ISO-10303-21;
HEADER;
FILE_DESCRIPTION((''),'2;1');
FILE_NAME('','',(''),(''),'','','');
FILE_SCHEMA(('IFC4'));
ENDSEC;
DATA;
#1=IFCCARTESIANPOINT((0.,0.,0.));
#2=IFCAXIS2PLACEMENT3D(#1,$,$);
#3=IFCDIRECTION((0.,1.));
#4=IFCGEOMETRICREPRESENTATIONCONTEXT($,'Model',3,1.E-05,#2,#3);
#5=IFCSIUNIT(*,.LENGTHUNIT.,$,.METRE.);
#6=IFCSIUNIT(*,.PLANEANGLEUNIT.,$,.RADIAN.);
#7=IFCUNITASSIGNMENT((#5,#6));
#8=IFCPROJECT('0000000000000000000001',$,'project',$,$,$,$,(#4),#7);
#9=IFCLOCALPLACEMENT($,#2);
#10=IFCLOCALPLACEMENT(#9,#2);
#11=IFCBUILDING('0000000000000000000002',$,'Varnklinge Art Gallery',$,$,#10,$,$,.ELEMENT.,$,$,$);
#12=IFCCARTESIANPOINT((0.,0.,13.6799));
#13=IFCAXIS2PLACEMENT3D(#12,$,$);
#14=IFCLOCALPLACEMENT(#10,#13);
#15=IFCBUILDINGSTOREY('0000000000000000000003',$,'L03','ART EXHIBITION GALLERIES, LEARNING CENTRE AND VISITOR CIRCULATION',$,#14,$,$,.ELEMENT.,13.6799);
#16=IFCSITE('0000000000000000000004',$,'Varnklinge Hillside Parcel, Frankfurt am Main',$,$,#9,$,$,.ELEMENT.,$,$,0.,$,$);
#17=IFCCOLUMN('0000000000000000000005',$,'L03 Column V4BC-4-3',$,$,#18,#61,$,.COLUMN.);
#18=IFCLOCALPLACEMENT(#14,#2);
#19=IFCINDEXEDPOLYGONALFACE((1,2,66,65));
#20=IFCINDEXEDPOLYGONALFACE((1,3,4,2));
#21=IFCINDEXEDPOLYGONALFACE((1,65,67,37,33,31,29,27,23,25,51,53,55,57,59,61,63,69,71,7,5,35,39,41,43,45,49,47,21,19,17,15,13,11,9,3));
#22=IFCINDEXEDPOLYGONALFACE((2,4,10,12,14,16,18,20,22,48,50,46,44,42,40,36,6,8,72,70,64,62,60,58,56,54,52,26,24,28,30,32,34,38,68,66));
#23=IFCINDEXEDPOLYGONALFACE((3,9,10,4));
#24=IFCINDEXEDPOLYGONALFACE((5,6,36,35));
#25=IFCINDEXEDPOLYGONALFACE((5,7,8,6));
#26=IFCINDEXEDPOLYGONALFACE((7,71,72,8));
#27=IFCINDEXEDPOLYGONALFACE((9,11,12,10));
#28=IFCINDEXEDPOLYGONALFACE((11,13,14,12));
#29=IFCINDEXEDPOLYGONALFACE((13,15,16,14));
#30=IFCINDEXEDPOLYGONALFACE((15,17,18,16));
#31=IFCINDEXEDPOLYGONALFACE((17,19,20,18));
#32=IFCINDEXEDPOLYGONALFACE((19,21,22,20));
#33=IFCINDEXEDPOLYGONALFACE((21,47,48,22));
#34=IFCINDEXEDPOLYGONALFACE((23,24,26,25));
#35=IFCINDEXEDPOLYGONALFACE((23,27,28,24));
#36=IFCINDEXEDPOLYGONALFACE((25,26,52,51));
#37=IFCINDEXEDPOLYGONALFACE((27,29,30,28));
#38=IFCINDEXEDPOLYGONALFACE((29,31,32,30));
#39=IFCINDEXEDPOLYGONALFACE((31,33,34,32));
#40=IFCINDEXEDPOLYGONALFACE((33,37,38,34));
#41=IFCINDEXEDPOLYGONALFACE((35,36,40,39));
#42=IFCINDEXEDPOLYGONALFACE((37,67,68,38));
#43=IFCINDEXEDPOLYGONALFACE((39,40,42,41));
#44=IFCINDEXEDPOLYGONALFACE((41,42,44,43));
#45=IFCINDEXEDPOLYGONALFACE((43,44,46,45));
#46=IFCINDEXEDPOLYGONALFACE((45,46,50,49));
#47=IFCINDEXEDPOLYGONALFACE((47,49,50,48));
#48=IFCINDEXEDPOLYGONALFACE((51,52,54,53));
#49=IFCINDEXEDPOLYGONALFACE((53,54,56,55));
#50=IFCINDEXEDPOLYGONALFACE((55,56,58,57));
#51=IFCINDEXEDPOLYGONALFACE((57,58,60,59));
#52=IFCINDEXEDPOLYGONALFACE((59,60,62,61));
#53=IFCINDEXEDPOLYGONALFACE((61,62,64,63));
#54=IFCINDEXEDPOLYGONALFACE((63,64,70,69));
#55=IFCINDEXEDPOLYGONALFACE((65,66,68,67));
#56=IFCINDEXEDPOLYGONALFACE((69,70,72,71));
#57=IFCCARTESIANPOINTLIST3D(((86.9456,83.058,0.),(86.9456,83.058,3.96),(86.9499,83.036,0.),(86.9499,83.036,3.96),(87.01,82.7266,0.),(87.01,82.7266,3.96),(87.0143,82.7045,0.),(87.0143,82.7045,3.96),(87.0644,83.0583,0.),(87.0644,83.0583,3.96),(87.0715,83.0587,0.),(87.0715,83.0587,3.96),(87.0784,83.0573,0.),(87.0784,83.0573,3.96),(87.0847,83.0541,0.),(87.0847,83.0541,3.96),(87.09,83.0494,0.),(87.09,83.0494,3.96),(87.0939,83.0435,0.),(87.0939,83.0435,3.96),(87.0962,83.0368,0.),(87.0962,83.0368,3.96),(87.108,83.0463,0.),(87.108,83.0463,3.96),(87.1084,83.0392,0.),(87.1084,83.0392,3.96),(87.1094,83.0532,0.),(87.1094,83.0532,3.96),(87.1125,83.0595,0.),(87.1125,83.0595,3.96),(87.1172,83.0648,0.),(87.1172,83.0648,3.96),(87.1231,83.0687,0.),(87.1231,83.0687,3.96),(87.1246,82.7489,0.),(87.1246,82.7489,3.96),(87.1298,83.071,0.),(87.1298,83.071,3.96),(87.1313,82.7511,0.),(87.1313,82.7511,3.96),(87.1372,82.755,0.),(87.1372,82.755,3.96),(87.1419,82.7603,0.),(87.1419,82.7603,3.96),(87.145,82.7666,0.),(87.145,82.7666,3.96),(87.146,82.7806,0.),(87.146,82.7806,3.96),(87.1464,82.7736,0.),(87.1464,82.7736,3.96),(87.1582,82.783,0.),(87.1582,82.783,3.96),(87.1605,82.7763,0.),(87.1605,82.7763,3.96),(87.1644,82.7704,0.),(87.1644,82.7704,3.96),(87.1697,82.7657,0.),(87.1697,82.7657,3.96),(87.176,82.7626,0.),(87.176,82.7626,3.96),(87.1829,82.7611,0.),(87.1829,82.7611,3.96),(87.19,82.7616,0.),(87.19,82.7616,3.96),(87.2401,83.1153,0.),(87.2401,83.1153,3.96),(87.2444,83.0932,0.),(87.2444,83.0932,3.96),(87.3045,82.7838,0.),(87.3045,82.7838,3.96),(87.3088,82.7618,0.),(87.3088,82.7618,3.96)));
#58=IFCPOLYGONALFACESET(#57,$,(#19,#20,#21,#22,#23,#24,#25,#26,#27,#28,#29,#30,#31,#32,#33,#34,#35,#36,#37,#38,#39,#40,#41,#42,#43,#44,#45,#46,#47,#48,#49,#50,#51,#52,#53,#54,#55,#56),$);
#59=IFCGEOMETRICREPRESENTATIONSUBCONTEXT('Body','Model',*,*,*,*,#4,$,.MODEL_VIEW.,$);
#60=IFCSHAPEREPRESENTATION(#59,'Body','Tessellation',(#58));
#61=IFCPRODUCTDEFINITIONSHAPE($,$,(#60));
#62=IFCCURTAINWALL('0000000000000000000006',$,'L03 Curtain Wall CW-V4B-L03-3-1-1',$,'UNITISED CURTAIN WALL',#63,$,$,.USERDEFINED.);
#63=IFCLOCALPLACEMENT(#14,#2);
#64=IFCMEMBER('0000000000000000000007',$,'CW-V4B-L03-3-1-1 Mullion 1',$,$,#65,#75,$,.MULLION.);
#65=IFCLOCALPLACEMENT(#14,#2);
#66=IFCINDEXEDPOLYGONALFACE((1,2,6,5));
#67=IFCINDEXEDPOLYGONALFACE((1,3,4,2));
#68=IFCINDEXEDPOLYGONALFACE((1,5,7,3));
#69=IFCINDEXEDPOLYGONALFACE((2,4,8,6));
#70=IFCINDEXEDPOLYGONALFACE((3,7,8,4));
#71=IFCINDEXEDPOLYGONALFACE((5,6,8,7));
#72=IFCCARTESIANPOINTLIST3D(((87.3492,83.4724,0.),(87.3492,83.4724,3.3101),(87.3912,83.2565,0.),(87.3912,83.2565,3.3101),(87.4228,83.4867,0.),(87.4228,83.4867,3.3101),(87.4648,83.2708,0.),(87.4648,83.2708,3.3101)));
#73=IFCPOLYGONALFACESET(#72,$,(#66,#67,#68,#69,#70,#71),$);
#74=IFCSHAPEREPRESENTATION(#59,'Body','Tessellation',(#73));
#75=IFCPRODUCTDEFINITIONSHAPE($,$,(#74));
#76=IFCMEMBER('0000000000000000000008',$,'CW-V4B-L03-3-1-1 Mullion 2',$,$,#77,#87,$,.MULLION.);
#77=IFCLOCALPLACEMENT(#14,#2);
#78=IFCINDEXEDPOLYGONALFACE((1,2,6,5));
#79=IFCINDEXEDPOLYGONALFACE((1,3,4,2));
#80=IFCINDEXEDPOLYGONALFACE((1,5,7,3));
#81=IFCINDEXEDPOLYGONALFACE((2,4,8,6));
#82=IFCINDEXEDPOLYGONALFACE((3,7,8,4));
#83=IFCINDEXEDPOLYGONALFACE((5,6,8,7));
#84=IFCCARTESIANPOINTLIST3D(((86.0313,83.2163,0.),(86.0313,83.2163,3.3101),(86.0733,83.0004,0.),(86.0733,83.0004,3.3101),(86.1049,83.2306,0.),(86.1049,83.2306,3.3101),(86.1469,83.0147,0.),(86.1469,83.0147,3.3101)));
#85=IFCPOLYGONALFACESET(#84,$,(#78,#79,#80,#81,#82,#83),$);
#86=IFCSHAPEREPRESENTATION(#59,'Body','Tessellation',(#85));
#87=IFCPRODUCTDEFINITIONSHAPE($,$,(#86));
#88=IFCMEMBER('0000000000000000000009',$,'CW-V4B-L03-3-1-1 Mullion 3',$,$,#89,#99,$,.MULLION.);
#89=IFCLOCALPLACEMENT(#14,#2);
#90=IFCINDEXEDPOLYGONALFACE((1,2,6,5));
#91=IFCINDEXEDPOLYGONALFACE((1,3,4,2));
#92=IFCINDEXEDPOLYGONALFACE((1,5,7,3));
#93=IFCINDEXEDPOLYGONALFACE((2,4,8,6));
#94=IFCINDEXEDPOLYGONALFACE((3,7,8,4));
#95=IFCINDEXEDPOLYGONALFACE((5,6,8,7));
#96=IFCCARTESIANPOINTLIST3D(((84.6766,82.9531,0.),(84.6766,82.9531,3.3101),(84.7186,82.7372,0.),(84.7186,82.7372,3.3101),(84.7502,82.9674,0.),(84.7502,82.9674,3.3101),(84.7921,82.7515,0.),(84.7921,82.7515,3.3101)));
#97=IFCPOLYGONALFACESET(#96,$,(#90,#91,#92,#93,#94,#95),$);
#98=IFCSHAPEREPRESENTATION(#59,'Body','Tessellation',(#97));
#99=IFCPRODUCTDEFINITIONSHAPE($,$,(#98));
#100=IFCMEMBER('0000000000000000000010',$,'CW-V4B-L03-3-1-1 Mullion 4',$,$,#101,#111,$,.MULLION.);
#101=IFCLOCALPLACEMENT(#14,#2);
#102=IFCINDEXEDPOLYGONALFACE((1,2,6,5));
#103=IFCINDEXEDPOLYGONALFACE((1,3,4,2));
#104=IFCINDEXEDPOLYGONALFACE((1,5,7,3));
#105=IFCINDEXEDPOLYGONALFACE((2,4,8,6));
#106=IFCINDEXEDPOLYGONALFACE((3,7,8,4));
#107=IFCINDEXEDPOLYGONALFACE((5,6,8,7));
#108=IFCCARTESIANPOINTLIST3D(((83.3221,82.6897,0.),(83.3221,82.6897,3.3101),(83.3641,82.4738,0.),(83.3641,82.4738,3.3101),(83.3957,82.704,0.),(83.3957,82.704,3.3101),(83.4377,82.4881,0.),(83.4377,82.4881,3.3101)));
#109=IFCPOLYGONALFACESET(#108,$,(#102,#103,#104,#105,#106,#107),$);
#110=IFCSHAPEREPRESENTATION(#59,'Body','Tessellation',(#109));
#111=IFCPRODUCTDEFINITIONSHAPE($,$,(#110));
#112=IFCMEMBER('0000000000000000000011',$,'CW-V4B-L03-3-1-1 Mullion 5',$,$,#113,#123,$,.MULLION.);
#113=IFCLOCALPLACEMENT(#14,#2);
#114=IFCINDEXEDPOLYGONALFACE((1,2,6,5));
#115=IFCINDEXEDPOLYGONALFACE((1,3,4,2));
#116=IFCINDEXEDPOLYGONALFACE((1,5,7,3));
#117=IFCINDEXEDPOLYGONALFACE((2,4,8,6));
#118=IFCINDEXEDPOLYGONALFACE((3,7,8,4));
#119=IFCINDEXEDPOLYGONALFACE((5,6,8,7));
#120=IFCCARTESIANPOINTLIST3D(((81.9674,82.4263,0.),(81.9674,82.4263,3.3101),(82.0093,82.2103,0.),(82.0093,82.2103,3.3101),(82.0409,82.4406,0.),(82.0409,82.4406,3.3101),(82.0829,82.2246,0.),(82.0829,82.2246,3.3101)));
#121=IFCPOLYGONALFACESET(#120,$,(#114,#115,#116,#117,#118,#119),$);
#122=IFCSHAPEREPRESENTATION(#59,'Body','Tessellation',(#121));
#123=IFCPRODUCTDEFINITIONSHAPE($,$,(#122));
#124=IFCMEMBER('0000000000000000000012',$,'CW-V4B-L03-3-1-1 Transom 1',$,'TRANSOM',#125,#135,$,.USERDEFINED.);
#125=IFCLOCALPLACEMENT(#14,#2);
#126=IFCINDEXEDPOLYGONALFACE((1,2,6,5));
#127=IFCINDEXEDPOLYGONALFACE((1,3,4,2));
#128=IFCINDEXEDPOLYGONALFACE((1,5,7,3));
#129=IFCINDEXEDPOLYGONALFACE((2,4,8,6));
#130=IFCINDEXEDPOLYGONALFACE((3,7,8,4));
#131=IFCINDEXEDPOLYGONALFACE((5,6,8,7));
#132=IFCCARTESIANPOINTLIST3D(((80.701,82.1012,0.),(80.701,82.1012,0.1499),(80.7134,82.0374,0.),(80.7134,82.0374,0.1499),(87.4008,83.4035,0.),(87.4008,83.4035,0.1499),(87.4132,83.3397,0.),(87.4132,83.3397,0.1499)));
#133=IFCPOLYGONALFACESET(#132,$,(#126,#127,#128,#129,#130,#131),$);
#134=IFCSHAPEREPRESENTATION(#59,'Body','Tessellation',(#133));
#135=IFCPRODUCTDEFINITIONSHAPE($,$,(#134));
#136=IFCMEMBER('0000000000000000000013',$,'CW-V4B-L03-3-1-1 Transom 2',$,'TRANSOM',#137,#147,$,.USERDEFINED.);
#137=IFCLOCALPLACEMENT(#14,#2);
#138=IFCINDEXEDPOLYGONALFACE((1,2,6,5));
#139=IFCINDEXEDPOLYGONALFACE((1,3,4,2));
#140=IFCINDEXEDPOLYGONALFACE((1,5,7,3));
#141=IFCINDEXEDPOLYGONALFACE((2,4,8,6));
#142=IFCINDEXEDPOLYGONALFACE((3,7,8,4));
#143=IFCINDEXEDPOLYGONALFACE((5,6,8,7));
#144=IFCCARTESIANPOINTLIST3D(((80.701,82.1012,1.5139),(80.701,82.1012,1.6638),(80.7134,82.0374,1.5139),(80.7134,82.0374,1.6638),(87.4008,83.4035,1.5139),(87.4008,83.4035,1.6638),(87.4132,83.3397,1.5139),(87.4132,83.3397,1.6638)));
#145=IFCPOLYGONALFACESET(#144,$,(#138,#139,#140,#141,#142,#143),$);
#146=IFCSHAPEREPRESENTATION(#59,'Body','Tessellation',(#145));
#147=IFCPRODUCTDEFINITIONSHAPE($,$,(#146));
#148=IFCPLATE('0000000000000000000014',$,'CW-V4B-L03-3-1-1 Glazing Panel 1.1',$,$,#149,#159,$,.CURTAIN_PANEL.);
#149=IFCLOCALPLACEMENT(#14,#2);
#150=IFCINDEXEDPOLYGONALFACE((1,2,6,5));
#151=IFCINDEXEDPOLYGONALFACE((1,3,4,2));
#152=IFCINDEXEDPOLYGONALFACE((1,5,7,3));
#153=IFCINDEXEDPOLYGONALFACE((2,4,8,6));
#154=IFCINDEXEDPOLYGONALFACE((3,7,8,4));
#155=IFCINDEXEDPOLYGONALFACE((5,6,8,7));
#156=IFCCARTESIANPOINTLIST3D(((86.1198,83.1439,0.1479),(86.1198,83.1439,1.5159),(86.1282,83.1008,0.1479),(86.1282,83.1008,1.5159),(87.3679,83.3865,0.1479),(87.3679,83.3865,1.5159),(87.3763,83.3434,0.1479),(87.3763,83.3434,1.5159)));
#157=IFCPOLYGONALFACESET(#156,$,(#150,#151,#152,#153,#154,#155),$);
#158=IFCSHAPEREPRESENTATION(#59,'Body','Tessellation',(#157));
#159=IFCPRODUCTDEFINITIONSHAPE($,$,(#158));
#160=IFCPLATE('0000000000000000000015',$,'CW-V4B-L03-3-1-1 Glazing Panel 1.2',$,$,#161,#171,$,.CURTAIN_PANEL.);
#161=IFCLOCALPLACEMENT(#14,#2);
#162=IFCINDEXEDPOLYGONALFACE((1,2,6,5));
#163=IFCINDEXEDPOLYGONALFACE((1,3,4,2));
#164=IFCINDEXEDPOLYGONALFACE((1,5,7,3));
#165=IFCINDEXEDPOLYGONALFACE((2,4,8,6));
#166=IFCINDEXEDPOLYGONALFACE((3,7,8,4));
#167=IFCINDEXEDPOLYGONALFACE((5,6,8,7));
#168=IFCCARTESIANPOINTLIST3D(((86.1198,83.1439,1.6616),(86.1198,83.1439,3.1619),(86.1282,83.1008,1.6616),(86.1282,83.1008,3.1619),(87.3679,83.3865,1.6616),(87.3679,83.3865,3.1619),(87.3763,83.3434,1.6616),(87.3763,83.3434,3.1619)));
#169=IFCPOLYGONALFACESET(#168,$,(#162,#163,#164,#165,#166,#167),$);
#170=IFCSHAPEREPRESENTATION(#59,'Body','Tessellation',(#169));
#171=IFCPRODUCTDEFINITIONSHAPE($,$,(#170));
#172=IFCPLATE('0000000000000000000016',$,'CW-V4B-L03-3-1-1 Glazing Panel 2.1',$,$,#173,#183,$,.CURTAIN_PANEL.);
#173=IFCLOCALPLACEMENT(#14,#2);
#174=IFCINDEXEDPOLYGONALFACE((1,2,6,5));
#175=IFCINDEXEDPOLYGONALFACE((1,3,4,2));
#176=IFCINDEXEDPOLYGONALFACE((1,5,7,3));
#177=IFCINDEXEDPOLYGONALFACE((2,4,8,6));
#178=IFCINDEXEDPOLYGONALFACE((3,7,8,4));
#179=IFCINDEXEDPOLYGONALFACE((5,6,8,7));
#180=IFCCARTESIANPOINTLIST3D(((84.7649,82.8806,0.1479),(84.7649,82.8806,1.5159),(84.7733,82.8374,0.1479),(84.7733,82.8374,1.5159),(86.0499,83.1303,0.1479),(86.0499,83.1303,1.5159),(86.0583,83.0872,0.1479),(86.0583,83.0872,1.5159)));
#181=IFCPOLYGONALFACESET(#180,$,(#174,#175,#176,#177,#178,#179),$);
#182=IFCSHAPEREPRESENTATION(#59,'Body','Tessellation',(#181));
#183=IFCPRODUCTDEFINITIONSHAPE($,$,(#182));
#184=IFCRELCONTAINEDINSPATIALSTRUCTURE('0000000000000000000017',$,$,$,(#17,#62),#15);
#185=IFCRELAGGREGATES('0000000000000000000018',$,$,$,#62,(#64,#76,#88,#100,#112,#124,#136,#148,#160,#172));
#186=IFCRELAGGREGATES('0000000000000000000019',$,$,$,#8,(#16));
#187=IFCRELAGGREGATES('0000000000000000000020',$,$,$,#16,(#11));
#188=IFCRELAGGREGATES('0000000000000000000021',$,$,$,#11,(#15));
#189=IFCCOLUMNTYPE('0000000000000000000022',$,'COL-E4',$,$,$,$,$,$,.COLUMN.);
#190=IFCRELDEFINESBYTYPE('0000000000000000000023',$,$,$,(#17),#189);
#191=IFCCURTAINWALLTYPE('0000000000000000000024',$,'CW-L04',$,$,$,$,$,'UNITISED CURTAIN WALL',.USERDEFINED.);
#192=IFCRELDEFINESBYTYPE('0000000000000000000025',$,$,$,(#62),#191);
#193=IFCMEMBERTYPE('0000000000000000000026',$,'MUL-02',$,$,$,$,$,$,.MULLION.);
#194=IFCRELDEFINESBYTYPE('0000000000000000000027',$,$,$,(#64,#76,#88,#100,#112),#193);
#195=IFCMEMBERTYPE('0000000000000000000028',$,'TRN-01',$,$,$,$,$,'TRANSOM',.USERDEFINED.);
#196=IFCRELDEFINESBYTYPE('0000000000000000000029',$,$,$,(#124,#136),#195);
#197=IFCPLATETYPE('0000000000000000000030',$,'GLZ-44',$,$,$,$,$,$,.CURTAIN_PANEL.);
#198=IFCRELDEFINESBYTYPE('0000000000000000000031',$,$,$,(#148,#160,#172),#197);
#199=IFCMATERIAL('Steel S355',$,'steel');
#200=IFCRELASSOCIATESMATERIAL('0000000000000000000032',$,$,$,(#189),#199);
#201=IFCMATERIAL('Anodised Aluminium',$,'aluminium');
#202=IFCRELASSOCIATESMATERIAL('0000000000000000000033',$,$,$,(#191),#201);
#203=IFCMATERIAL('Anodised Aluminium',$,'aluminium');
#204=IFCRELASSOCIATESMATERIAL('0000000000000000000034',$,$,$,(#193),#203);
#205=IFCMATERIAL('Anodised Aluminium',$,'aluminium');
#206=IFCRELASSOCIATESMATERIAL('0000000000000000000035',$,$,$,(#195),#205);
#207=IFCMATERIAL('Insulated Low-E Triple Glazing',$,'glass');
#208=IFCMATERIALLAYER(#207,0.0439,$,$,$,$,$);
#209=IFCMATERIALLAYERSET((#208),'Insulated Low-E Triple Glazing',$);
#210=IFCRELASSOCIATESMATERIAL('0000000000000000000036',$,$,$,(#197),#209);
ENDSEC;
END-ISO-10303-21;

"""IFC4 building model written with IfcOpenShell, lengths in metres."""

from ifc_helpers import new_model, si_unit, direction, frame, origin, origin_2d, place, context, subcontext, project, spatial, rectangle, i_section, extrude, material, layer, layer_set, material_profile, profile_set, type_object, element, aggregate, save


model = new_model("IFC4")

# Units and contexts
model_context = context("Model", 3, precision=1e-05, world=origin(), true_north=direction((0.0, 1.0)))
body_context = subcontext(model_context, "Body", "Model", "MODEL_VIEW")
ifc_project = project(units=[si_unit("LENGTHUNIT", "METRE"), si_unit("PLANEANGLEUNIT", "RADIAN")], contexts=[model_context])

# Site, building, storey
site_placement = place(None, origin())
site = spatial("IfcSite", under=ifc_project, at=site_placement, Name="Varnklinge Hillside Parcel, Frankfurt am Main", CompositionType="ELEMENT", RefElevation=0.0)
building_placement = place(site_placement, origin())
building = spatial("IfcBuilding", under=site, at=building_placement, Name="Varnklinge Art Gallery", CompositionType="ELEMENT")
storey_placement = place(building_placement, frame((0.0, 0.0, 13.6799)))
storey = spatial("IfcBuildingStorey", under=building, at=storey_placement, Name="L03", Description="ART EXHIBITION GALLERIES, LEARNING CENTRE AND VISITOR CIRCULATION", CompositionType="ELEMENT", Elevation=13.6799)

# Column
ifc_material_1 = material(Name="Steel S355", Category="steel")
ifc_material_profile_1 = material_profile(ifc_material_1, i_section(OverallWidth=0.3, OverallDepth=0.3601, WebThickness=0.0125, FlangeThickness=0.0225, FilletRadius=0.0271, at=origin_2d()), Name="HEB 360")
ifc_profile_set_1 = profile_set([ifc_material_profile_1], Name="Steel S355")
column_type = type_object("IfcColumnType", Name="COL-E4", PredefinedType="COLUMN", material=ifc_profile_set_1)
column_placement = place(storey_placement, frame((87.1272, 82.9099, 0.0), z_axis=(0.0, 0.0, 1.0), x_axis=(0.981627, 0.190809, 0.0)))
element("IfcColumn", 1, at=column_placement, inside=storey, type_object=column_type, Name="L03 Column V4BC-4-3", PredefinedType="COLUMN", context=body_context, shape_type="SweptSolid", body=[
    extrude(i_section(OverallWidth=0.3, OverallDepth=0.3601, WebThickness=0.0125, FlangeThickness=0.0225, FilletRadius=0.0271, at=origin_2d()), origin(), (0.0, 0.0, 1.0), 3.96),
])

# Curtain wall, members, plates
ifc_material_2 = material(Name="Anodised Aluminium", Category="aluminium")
curtain_wall_type = type_object("IfcCurtainWallType", Name="CW-L04", ElementType="UNITISED CURTAIN WALL", PredefinedType="USERDEFINED", material=ifc_material_2)
curtain_wall_placement = place(storey_placement, origin())
curtain_wall = element("IfcCurtainWall", 2, at=curtain_wall_placement, inside=storey, type_object=curtain_wall_type, Name="L03 Curtain Wall CW-V4B-L03-3-1-1", ObjectType="UNITISED CURTAIN WALL", PredefinedType="USERDEFINED")
ifc_material_3 = material(Name="Anodised Aluminium", Category="aluminium")
ifc_material_profile_2 = material_profile(ifc_material_3, rectangle(XDim=0.075, YDim=0.22, at=origin_2d()), Name="ALU 75x220")
ifc_profile_set_2 = profile_set([ifc_material_profile_2], Name="Anodised Aluminium")
member_type_1 = type_object("IfcMemberType", Name="MUL-02", PredefinedType="MULLION", material=ifc_profile_set_2)
member_1_placement = place(storey_placement, frame((87.407, 83.3716, 0.0), z_axis=(0.0, 0.0, 1.0), x_axis=(-0.981627, -0.190809, 0.0)))
member_1 = element("IfcMember", 3, at=member_1_placement, type_object=member_type_1, Name="CW-V4B-L03-3-1-1 Mullion 1", PredefinedType="MULLION", context=body_context, shape_type="SweptSolid", body=[
    extrude(rectangle(XDim=0.075, YDim=0.22, at=origin_2d()), origin(), (0.0, 0.0, 1.0), 3.3101),
])
member_2_placement = place(storey_placement, frame((86.0891, 83.1155, 0.0), z_axis=(0.0, 0.0, 1.0), x_axis=(-0.981627, -0.190809, 0.0)))
member_2 = element("IfcMember", 4, at=member_2_placement, type_object=member_type_1, Name="CW-V4B-L03-3-1-1 Mullion 2", PredefinedType="MULLION", context=body_context, shape_type="SweptSolid", body=[
    extrude(rectangle(XDim=0.075, YDim=0.22, at=origin_2d()), origin(), (0.0, 0.0, 1.0), 3.3101),
])
member_3_placement = place(storey_placement, frame((84.7344, 82.8523, 0.0), z_axis=(0.0, 0.0, 1.0), x_axis=(-0.981627, -0.190809, 0.0)))
member_3 = element("IfcMember", 5, at=member_3_placement, type_object=member_type_1, Name="CW-V4B-L03-3-1-1 Mullion 3", PredefinedType="MULLION", context=body_context, shape_type="SweptSolid", body=[
    extrude(rectangle(XDim=0.075, YDim=0.22, at=origin_2d()), origin(), (0.0, 0.0, 1.0), 3.3101),
])
member_4_placement = place(storey_placement, frame((83.3799, 82.5889, 0.0), z_axis=(0.0, 0.0, 1.0), x_axis=(-0.981627, -0.190809, 0.0)))
member_4 = element("IfcMember", 6, at=member_4_placement, type_object=member_type_1, Name="CW-V4B-L03-3-1-1 Mullion 4", PredefinedType="MULLION", context=body_context, shape_type="SweptSolid", body=[
    extrude(rectangle(XDim=0.075, YDim=0.22, at=origin_2d()), origin(), (0.0, 0.0, 1.0), 3.3101),
])
member_5_placement = place(storey_placement, frame((82.0251, 82.3254, 0.0), z_axis=(0.0, 0.0, 1.0), x_axis=(-0.981627, -0.190809, 0.0)))
member_5 = element("IfcMember", 7, at=member_5_placement, type_object=member_type_1, Name="CW-V4B-L03-3-1-1 Mullion 5", PredefinedType="MULLION", context=body_context, shape_type="SweptSolid", body=[
    extrude(rectangle(XDim=0.075, YDim=0.22, at=origin_2d()), origin(), (0.0, 0.0, 1.0), 3.3101),
])
ifc_material_4 = material(Name="Anodised Aluminium", Category="aluminium")
ifc_material_profile_3 = material_profile(ifc_material_4, rectangle(XDim=0.0649, YDim=0.1499, at=origin_2d()), Name="ALU 65x150")
ifc_profile_set_3 = profile_set([ifc_material_profile_3], Name="Anodised Aluminium")
member_type_2 = type_object("IfcMemberType", Name="TRN-01", ElementType="TRANSOM", PredefinedType="USERDEFINED", material=ifc_profile_set_3)
member_6_placement = place(storey_placement, frame((87.407, 83.3716, 0.075), z_axis=(-0.981628, -0.190803, 0.0), x_axis=(0.190803, -0.981628, 0.0)))
member_6 = element("IfcMember", 8, at=member_6_placement, type_object=member_type_2, Name="CW-V4B-L03-3-1-1 Transom 1", ObjectType="TRANSOM", PredefinedType="USERDEFINED", context=body_context, shape_type="SweptSolid", body=[
    extrude(rectangle(XDim=0.0649, YDim=0.1499, at=origin_2d()), origin(), (0.0, 0.0, 1.0), 6.8252),
])
member_7_placement = place(storey_placement, frame((87.407, 83.3716, 1.5889), z_axis=(-0.981628, -0.190803, 0.0), x_axis=(0.190803, -0.981628, 0.0)))
member_7 = element("IfcMember", 9, at=member_7_placement, type_object=member_type_2, Name="CW-V4B-L03-3-1-1 Transom 2", ObjectType="TRANSOM", PredefinedType="USERDEFINED", context=body_context, shape_type="SweptSolid", body=[
    extrude(rectangle(XDim=0.0649, YDim=0.1499, at=origin_2d()), origin(), (0.0, 0.0, 1.0), 6.8252),
])
ifc_material_5 = material(Name="Insulated Low-E Triple Glazing", Category="glass")
ifc_layer_1 = layer(ifc_material_5, 0.0439)
ifc_layer_set_1 = layer_set([ifc_layer_1], Name="Insulated Low-E Triple Glazing")
plate_type = type_object("IfcPlateType", Name="GLZ-44", PredefinedType="CURTAIN_PANEL", material=ifc_layer_set_1)
plate_1_placement = place(storey_placement, frame((86.748, 83.2437, 0.1479), z_axis=(0.0, 0.0, 1.0), x_axis=(-0.981627, -0.190809, 0.0)))
plate_1 = element("IfcPlate", 10, at=plate_1_placement, type_object=plate_type, Name="CW-V4B-L03-3-1-1 Glazing Panel 1.1", PredefinedType="CURTAIN_PANEL", context=body_context, shape_type="SweptSolid", body=[
    extrude(rectangle(XDim=1.2715, YDim=0.0439, at=origin_2d()), origin(), (0.0, 0.0, 1.0), 1.3679),
])
plate_2_placement = place(storey_placement, frame((86.748, 83.2437, 1.6616), z_axis=(0.0, 0.0, 1.0), x_axis=(-0.981627, -0.190809, 0.0)))
plate_2 = element("IfcPlate", 11, at=plate_2_placement, type_object=plate_type, Name="CW-V4B-L03-3-1-1 Glazing Panel 1.2", PredefinedType="CURTAIN_PANEL", context=body_context, shape_type="SweptSolid", body=[
    extrude(rectangle(XDim=1.2715, YDim=0.0439, at=origin_2d()), origin(), (0.0, 0.0, 1.0), 1.5002),
])
plate_3_placement = place(storey_placement, frame((85.4116, 82.9839, 0.1479), z_axis=(0.0, 0.0, 1.0), x_axis=(-0.981627, -0.190809, 0.0)))
plate_3 = element("IfcPlate", 12, at=plate_3_placement, type_object=plate_type, Name="CW-V4B-L03-3-1-1 Glazing Panel 2.1", PredefinedType="CURTAIN_PANEL", context=body_context, shape_type="SweptSolid", body=[
    extrude(rectangle(XDim=1.3091, YDim=0.0439, at=origin_2d()), origin(), (0.0, 0.0, 1.0), 1.3679),
])
aggregate(curtain_wall, [member_1, member_2, member_3, member_4, member_5, member_6, member_7, plate_1, plate_2, plate_3])

save(model, "model.ifc")
